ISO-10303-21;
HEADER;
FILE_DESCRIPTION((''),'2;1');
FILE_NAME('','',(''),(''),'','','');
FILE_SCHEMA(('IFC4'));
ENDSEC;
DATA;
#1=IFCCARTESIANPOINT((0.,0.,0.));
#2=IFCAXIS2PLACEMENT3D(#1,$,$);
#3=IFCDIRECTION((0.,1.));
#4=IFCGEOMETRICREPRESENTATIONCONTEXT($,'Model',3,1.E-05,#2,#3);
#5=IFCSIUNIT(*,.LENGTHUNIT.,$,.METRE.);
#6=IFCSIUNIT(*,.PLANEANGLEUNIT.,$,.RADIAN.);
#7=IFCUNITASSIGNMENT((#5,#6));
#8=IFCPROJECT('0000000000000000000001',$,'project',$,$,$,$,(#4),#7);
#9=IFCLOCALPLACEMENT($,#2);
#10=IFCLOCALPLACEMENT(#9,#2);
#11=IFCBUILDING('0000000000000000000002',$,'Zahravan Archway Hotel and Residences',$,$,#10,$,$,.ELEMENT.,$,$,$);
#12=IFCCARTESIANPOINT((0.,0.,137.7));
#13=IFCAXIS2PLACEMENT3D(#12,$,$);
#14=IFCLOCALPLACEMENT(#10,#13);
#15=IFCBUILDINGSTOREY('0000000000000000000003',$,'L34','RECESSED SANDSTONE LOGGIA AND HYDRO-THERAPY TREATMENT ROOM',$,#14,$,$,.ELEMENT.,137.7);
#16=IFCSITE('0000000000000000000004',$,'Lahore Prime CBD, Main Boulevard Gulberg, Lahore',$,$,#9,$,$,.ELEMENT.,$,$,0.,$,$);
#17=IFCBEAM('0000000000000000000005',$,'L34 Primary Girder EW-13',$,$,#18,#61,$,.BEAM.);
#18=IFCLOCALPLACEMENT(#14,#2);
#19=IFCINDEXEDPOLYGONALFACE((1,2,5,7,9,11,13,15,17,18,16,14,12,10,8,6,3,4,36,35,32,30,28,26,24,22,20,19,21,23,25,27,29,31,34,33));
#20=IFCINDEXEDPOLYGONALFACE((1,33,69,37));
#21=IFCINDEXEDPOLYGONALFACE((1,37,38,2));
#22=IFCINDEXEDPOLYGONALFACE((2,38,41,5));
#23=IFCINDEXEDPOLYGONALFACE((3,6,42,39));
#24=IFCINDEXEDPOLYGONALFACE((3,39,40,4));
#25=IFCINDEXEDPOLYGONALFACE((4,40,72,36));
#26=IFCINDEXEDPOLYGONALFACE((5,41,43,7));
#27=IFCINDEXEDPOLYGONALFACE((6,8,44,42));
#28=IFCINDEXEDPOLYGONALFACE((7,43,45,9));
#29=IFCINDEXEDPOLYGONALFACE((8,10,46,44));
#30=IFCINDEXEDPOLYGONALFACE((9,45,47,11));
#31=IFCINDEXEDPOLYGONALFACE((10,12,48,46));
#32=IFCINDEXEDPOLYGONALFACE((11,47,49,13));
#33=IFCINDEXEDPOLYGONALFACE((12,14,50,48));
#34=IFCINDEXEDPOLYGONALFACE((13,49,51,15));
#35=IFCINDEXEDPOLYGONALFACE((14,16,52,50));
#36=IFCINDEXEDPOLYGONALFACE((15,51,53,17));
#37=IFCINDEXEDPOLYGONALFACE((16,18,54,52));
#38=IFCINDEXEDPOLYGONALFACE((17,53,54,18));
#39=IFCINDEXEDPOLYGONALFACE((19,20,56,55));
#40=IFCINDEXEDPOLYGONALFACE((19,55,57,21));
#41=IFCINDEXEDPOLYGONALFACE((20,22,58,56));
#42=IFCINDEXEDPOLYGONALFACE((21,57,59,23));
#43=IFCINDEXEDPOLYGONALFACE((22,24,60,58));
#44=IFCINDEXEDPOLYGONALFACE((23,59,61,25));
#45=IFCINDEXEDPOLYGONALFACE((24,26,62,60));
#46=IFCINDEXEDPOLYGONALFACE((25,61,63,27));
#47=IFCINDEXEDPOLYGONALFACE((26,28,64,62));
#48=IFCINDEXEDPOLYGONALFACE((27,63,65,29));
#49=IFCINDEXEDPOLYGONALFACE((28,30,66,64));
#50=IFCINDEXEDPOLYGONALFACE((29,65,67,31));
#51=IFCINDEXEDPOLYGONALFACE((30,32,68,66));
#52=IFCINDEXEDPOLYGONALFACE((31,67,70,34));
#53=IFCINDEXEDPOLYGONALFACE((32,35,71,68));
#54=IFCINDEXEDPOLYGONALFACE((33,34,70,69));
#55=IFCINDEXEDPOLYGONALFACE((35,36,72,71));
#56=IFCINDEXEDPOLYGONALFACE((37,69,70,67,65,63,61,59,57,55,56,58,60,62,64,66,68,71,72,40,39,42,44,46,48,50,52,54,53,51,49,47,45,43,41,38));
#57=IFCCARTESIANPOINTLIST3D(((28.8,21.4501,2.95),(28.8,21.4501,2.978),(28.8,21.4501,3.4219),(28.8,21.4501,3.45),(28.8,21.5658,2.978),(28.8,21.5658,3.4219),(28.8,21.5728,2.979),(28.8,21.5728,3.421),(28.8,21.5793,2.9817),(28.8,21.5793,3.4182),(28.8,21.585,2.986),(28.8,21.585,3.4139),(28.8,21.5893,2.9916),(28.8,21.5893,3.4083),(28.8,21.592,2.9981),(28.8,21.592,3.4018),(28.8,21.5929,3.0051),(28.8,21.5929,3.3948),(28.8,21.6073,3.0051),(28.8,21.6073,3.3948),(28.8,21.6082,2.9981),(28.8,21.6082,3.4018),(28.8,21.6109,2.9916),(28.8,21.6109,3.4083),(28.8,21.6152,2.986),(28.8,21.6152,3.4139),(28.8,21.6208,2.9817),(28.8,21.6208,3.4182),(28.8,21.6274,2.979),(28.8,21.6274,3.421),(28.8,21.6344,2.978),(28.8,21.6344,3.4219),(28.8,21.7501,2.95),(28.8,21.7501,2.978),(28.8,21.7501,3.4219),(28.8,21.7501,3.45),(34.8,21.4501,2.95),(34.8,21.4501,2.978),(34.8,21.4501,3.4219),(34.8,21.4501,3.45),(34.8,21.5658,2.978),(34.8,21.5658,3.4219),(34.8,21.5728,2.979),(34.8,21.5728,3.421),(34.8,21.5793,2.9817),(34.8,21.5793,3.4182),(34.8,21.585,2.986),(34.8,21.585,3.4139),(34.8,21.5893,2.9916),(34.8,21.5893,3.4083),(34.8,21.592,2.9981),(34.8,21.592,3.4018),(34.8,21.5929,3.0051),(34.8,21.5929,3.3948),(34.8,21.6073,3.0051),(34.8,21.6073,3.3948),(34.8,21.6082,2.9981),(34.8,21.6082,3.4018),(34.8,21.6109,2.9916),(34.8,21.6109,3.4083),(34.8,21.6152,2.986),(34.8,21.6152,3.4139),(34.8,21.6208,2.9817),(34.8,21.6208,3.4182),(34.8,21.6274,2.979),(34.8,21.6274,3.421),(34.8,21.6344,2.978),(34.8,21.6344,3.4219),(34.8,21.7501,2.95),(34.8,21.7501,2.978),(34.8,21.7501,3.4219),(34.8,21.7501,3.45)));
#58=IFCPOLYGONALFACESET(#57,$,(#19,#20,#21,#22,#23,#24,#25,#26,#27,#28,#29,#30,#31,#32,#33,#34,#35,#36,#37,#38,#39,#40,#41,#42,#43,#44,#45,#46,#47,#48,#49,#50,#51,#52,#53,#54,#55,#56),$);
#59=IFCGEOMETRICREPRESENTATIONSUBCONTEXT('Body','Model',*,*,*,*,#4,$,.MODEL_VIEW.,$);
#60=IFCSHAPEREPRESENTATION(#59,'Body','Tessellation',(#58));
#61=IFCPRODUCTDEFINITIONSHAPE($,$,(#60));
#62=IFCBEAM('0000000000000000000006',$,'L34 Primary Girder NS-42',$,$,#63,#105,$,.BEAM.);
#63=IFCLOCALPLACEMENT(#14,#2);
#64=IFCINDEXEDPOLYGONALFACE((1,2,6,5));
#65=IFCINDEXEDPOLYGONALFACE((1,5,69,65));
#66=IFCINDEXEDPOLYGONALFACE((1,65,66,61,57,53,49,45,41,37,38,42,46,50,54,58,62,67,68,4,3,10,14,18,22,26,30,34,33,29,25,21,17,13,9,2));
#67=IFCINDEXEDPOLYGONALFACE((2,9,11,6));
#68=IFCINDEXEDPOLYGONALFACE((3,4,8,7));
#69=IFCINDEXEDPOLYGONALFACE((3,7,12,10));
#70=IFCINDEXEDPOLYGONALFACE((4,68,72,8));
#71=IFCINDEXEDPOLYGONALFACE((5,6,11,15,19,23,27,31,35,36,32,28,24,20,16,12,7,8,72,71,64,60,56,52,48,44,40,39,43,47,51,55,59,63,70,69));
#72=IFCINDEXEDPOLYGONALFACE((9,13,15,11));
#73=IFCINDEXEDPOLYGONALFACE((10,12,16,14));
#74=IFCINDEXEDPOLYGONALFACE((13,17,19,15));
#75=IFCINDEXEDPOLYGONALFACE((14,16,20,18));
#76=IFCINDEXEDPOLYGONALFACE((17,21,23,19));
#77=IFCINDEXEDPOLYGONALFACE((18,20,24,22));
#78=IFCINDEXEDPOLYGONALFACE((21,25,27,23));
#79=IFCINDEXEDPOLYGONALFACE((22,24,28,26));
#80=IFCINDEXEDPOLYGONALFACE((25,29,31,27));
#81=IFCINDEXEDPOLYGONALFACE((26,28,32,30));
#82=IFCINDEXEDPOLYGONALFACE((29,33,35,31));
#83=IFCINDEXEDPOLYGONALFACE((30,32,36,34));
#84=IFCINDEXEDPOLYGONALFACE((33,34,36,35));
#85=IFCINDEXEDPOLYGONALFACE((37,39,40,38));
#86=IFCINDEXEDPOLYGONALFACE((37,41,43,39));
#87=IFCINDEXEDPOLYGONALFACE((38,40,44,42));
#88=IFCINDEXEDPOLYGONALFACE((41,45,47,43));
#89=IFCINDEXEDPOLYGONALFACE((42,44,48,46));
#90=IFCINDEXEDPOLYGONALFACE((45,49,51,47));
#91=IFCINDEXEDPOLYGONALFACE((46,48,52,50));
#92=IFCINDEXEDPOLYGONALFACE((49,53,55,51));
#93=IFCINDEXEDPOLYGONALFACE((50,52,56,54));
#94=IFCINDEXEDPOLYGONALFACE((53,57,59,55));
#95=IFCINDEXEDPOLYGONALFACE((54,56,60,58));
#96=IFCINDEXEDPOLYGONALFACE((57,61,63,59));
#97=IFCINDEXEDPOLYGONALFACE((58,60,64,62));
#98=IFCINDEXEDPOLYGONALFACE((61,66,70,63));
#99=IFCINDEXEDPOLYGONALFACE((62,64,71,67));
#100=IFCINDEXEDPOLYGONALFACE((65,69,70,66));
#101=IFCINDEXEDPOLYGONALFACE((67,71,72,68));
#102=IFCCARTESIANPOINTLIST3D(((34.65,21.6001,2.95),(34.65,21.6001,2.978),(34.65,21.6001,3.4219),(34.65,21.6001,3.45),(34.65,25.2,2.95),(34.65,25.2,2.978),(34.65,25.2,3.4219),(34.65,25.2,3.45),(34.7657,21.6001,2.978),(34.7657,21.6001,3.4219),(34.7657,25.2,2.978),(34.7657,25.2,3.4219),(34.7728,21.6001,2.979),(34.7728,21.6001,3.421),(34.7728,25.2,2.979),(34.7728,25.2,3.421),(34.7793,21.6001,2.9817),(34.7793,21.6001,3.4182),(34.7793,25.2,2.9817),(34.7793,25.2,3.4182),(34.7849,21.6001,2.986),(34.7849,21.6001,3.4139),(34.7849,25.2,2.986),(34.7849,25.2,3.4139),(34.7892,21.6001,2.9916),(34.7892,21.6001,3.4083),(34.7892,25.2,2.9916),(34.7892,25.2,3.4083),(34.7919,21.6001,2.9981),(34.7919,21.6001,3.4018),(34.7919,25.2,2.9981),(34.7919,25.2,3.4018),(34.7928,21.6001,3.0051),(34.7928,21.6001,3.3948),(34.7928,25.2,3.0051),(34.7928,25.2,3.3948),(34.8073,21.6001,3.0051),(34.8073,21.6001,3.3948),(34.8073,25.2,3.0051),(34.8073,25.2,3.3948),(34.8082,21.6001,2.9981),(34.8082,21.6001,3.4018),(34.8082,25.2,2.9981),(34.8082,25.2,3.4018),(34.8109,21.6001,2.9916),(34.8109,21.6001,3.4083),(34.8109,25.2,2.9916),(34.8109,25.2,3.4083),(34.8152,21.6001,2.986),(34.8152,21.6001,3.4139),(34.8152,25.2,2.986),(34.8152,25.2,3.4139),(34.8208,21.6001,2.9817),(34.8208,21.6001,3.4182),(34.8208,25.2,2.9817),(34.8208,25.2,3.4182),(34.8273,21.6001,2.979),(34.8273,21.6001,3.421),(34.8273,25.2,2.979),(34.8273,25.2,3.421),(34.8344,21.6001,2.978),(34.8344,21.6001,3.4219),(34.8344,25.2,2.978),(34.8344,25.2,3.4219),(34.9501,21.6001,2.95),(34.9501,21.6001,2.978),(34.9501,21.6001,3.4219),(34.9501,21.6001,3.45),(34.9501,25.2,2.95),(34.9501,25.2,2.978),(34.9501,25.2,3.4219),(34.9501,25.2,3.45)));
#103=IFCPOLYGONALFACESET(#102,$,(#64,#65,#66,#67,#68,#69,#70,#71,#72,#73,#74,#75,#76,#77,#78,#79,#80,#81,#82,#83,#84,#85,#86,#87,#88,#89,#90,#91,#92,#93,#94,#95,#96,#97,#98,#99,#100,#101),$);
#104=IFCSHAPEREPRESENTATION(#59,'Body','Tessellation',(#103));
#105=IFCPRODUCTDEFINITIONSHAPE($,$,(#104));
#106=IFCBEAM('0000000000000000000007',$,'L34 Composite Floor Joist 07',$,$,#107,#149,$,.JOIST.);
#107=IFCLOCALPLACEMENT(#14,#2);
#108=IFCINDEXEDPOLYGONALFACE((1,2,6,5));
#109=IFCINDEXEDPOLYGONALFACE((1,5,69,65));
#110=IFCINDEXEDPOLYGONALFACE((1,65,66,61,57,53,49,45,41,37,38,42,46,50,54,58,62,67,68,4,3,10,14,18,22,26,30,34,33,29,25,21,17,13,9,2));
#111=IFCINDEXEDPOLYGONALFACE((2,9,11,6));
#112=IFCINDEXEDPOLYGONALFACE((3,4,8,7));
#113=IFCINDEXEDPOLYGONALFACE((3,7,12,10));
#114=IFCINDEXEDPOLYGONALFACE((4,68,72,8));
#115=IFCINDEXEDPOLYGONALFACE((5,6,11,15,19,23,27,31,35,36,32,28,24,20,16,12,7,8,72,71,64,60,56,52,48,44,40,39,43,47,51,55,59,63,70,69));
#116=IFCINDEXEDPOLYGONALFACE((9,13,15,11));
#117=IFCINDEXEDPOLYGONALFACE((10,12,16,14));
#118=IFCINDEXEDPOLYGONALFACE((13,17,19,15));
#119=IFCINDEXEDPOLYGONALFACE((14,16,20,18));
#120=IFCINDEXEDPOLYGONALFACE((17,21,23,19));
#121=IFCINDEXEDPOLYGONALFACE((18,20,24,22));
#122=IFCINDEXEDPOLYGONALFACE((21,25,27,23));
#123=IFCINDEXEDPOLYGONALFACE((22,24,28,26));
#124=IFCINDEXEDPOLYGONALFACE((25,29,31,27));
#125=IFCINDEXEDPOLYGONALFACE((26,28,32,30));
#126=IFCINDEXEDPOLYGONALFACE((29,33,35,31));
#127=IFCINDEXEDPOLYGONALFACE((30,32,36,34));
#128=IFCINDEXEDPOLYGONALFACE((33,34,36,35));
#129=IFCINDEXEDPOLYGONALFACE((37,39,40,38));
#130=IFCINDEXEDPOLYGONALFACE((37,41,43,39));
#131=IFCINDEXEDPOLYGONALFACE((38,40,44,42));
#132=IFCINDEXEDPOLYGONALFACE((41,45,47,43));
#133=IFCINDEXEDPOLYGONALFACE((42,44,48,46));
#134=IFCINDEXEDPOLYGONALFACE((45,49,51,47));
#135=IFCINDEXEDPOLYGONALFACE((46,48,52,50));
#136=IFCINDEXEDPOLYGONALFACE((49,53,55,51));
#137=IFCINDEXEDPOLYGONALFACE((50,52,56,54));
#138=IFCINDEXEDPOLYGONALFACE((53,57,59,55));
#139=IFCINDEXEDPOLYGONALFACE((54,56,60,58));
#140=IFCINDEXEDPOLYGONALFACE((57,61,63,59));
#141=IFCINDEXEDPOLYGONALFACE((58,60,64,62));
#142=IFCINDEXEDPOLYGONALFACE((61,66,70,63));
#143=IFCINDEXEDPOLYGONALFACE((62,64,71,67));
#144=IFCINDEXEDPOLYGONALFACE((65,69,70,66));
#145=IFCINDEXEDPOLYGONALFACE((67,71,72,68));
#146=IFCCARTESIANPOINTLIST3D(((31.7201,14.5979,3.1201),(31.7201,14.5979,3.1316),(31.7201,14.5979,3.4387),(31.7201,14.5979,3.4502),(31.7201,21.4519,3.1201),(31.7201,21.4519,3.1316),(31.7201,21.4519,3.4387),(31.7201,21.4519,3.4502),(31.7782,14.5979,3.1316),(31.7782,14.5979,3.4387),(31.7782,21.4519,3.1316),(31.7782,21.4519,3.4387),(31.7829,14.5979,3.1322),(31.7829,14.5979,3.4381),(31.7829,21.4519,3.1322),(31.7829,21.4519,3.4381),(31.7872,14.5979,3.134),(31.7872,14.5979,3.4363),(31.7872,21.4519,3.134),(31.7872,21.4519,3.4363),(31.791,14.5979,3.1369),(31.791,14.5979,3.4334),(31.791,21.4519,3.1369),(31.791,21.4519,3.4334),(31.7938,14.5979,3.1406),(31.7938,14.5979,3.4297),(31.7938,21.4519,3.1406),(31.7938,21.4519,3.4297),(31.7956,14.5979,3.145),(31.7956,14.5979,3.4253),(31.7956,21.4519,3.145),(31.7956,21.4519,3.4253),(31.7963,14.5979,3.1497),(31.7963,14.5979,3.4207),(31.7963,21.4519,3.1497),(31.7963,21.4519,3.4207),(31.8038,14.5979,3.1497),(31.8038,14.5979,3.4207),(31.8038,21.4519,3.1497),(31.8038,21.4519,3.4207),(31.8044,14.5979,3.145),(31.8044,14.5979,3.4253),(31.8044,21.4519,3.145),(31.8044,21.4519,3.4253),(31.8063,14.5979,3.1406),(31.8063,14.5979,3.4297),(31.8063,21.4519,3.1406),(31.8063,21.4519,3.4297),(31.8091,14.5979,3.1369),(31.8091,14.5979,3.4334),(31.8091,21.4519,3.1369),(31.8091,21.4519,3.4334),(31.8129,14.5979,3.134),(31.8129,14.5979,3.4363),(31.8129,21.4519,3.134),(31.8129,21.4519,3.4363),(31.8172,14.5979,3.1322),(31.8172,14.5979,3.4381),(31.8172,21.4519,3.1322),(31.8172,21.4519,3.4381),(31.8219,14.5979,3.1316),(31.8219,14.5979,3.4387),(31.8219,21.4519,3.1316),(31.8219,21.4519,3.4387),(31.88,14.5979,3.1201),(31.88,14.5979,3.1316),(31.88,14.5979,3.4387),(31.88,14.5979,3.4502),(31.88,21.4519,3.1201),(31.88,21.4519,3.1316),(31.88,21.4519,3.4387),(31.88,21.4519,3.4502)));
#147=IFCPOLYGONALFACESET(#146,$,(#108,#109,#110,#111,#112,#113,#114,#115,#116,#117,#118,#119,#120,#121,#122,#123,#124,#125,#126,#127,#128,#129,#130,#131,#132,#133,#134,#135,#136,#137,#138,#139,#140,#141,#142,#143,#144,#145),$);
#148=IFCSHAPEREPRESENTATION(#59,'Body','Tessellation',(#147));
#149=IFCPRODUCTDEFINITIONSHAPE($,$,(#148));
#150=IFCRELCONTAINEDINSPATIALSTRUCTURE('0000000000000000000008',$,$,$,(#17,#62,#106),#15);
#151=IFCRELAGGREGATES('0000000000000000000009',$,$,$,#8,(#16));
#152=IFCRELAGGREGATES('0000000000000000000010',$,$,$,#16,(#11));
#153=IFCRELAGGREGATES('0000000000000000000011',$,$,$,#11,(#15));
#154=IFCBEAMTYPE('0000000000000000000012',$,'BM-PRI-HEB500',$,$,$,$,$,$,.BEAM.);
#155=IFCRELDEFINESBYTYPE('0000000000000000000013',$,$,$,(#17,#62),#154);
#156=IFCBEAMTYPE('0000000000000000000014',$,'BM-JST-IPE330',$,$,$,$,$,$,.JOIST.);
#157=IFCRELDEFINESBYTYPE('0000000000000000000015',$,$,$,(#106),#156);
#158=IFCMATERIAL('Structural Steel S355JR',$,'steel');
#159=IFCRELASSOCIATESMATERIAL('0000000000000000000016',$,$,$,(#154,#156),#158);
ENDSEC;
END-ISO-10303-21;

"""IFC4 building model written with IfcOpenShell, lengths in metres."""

from ifc_helpers import new_model, si_unit, direction, frame, origin, origin_2d, place, context, subcontext, project, spatial, i_section, extrude, source, transform, mapped, material, material_profile, profile_set, type_object, element, save


model = new_model("IFC4")

# Units and contexts
model_context = context("Model", 3, precision=1e-05, world=origin(), true_north=direction((0.0, 1.0)))
body_context = subcontext(model_context, "Body", "Model", "MODEL_VIEW")
ifc_project = project(units=[si_unit("LENGTHUNIT", "METRE"), si_unit("PLANEANGLEUNIT", "RADIAN")], contexts=[model_context])

# Site, building, storey
site_placement = place(None, origin())
site = spatial("IfcSite", under=ifc_project, at=site_placement, Name="Lahore Prime CBD, Main Boulevard Gulberg, Lahore", CompositionType="ELEMENT", RefElevation=0.0)
building_placement = place(site_placement, origin())
building = spatial("IfcBuilding", under=site, at=building_placement, Name="Zahravan Archway Hotel and Residences", CompositionType="ELEMENT")
storey_placement = place(building_placement, frame((0.0, 0.0, 137.7)))
storey = spatial("IfcBuildingStorey", under=building, at=storey_placement, Name="L34", Description="RECESSED SANDSTONE LOGGIA AND HYDRO-THERAPY TREATMENT ROOM", CompositionType="ELEMENT", Elevation=137.7)

# Beams
ifc_material_1 = material(Name="Structural Steel S355JR", Category="steel")
ifc_material_profile_1 = material_profile(ifc_material_1, i_section(OverallWidth=0.3, OverallDepth=0.5, WebThickness=0.0144, FlangeThickness=0.0281, FilletRadius=0.0271, at=origin_2d()), Name="HEB 500", Category="steel")
ifc_profile_set_1 = profile_set([ifc_material_profile_1], Name="Structural Steel S355JR")
beam_type_1 = type_object("IfcBeamType", Name="BM-PRI-HEB500", PredefinedType="BEAM", material=ifc_profile_set_1)
shared_shape_1 = source(origin(), body_context, "Body", "SweptSolid", [
    extrude(i_section(OverallWidth=0.3, OverallDepth=0.5, WebThickness=0.0144, FlangeThickness=0.0281, FilletRadius=0.0271, at=origin_2d()), origin(), (0.0, 0.0, 1.0), 6.0),
])
beam_1_placement = place(storey_placement, frame((28.8, 21.6001, 3.2), z_axis=(1.0, 0.0, 0.0), x_axis=(0.0, 1.0, 0.0)))
element("IfcBeam", 1, at=beam_1_placement, inside=storey, type_object=beam_type_1, Name="L34 Primary Girder EW-13", PredefinedType="BEAM", context=body_context, shape_type="MappedRepresentation", body=[
    mapped(shared_shape_1, transform((0.0, 0.0, 0.0), scale=1.0)),
])
shared_shape_2 = source(origin(), body_context, "Body", "SweptSolid", [
    extrude(i_section(OverallWidth=0.3, OverallDepth=0.5, WebThickness=0.0144, FlangeThickness=0.0281, FilletRadius=0.0271, at=origin_2d()), origin(), (0.0, 0.0, 1.0), 3.5999),
])
beam_2_placement = place(storey_placement, frame((34.8, 21.6001, 3.2), z_axis=(0.0, 1.0, 0.0), x_axis=(-1.0, 0.0, 0.0)))
element("IfcBeam", 2, at=beam_2_placement, inside=storey, type_object=beam_type_1, Name="L34 Primary Girder NS-42", PredefinedType="BEAM", context=body_context, shape_type="MappedRepresentation", body=[
    mapped(shared_shape_2, transform((0.0, 0.0, 0.0), scale=1.0)),
])
ifc_material_profile_2 = material_profile(ifc_material_1, i_section(OverallWidth=0.1599, OverallDepth=0.3301, WebThickness=0.0076, FlangeThickness=0.0115, FilletRadius=0.0181, at=origin_2d()), Name="IPE 330", Category="steel")
ifc_profile_set_2 = profile_set([ifc_material_profile_2], Name="Structural Steel S355JR")
beam_type_2 = type_object("IfcBeamType", Name="BM-JST-IPE330", PredefinedType="JOIST", material=ifc_profile_set_2)
shared_shape_3 = source(origin(), body_context, "Body", "SweptSolid", [
    extrude(i_section(OverallWidth=0.1599, OverallDepth=0.3301, WebThickness=0.0076, FlangeThickness=0.0115, FilletRadius=0.0181, at=origin_2d()), origin(), (0.0, 0.0, 1.0), 6.854),
])
beam_3_placement = place(storey_placement, frame((31.8, 14.5979, 3.2852), z_axis=(0.0, 1.0, 0.0), x_axis=(-1.0, 0.0, 0.0)))
element("IfcBeam", 3, at=beam_3_placement, inside=storey, type_object=beam_type_2, Name="L34 Composite Floor Joist 07", PredefinedType="JOIST", context=body_context, shape_type="MappedRepresentation", body=[
    mapped(shared_shape_3, transform((0.0, 0.0, 0.0), scale=1.0)),
])

save(model, "model.ifc")
